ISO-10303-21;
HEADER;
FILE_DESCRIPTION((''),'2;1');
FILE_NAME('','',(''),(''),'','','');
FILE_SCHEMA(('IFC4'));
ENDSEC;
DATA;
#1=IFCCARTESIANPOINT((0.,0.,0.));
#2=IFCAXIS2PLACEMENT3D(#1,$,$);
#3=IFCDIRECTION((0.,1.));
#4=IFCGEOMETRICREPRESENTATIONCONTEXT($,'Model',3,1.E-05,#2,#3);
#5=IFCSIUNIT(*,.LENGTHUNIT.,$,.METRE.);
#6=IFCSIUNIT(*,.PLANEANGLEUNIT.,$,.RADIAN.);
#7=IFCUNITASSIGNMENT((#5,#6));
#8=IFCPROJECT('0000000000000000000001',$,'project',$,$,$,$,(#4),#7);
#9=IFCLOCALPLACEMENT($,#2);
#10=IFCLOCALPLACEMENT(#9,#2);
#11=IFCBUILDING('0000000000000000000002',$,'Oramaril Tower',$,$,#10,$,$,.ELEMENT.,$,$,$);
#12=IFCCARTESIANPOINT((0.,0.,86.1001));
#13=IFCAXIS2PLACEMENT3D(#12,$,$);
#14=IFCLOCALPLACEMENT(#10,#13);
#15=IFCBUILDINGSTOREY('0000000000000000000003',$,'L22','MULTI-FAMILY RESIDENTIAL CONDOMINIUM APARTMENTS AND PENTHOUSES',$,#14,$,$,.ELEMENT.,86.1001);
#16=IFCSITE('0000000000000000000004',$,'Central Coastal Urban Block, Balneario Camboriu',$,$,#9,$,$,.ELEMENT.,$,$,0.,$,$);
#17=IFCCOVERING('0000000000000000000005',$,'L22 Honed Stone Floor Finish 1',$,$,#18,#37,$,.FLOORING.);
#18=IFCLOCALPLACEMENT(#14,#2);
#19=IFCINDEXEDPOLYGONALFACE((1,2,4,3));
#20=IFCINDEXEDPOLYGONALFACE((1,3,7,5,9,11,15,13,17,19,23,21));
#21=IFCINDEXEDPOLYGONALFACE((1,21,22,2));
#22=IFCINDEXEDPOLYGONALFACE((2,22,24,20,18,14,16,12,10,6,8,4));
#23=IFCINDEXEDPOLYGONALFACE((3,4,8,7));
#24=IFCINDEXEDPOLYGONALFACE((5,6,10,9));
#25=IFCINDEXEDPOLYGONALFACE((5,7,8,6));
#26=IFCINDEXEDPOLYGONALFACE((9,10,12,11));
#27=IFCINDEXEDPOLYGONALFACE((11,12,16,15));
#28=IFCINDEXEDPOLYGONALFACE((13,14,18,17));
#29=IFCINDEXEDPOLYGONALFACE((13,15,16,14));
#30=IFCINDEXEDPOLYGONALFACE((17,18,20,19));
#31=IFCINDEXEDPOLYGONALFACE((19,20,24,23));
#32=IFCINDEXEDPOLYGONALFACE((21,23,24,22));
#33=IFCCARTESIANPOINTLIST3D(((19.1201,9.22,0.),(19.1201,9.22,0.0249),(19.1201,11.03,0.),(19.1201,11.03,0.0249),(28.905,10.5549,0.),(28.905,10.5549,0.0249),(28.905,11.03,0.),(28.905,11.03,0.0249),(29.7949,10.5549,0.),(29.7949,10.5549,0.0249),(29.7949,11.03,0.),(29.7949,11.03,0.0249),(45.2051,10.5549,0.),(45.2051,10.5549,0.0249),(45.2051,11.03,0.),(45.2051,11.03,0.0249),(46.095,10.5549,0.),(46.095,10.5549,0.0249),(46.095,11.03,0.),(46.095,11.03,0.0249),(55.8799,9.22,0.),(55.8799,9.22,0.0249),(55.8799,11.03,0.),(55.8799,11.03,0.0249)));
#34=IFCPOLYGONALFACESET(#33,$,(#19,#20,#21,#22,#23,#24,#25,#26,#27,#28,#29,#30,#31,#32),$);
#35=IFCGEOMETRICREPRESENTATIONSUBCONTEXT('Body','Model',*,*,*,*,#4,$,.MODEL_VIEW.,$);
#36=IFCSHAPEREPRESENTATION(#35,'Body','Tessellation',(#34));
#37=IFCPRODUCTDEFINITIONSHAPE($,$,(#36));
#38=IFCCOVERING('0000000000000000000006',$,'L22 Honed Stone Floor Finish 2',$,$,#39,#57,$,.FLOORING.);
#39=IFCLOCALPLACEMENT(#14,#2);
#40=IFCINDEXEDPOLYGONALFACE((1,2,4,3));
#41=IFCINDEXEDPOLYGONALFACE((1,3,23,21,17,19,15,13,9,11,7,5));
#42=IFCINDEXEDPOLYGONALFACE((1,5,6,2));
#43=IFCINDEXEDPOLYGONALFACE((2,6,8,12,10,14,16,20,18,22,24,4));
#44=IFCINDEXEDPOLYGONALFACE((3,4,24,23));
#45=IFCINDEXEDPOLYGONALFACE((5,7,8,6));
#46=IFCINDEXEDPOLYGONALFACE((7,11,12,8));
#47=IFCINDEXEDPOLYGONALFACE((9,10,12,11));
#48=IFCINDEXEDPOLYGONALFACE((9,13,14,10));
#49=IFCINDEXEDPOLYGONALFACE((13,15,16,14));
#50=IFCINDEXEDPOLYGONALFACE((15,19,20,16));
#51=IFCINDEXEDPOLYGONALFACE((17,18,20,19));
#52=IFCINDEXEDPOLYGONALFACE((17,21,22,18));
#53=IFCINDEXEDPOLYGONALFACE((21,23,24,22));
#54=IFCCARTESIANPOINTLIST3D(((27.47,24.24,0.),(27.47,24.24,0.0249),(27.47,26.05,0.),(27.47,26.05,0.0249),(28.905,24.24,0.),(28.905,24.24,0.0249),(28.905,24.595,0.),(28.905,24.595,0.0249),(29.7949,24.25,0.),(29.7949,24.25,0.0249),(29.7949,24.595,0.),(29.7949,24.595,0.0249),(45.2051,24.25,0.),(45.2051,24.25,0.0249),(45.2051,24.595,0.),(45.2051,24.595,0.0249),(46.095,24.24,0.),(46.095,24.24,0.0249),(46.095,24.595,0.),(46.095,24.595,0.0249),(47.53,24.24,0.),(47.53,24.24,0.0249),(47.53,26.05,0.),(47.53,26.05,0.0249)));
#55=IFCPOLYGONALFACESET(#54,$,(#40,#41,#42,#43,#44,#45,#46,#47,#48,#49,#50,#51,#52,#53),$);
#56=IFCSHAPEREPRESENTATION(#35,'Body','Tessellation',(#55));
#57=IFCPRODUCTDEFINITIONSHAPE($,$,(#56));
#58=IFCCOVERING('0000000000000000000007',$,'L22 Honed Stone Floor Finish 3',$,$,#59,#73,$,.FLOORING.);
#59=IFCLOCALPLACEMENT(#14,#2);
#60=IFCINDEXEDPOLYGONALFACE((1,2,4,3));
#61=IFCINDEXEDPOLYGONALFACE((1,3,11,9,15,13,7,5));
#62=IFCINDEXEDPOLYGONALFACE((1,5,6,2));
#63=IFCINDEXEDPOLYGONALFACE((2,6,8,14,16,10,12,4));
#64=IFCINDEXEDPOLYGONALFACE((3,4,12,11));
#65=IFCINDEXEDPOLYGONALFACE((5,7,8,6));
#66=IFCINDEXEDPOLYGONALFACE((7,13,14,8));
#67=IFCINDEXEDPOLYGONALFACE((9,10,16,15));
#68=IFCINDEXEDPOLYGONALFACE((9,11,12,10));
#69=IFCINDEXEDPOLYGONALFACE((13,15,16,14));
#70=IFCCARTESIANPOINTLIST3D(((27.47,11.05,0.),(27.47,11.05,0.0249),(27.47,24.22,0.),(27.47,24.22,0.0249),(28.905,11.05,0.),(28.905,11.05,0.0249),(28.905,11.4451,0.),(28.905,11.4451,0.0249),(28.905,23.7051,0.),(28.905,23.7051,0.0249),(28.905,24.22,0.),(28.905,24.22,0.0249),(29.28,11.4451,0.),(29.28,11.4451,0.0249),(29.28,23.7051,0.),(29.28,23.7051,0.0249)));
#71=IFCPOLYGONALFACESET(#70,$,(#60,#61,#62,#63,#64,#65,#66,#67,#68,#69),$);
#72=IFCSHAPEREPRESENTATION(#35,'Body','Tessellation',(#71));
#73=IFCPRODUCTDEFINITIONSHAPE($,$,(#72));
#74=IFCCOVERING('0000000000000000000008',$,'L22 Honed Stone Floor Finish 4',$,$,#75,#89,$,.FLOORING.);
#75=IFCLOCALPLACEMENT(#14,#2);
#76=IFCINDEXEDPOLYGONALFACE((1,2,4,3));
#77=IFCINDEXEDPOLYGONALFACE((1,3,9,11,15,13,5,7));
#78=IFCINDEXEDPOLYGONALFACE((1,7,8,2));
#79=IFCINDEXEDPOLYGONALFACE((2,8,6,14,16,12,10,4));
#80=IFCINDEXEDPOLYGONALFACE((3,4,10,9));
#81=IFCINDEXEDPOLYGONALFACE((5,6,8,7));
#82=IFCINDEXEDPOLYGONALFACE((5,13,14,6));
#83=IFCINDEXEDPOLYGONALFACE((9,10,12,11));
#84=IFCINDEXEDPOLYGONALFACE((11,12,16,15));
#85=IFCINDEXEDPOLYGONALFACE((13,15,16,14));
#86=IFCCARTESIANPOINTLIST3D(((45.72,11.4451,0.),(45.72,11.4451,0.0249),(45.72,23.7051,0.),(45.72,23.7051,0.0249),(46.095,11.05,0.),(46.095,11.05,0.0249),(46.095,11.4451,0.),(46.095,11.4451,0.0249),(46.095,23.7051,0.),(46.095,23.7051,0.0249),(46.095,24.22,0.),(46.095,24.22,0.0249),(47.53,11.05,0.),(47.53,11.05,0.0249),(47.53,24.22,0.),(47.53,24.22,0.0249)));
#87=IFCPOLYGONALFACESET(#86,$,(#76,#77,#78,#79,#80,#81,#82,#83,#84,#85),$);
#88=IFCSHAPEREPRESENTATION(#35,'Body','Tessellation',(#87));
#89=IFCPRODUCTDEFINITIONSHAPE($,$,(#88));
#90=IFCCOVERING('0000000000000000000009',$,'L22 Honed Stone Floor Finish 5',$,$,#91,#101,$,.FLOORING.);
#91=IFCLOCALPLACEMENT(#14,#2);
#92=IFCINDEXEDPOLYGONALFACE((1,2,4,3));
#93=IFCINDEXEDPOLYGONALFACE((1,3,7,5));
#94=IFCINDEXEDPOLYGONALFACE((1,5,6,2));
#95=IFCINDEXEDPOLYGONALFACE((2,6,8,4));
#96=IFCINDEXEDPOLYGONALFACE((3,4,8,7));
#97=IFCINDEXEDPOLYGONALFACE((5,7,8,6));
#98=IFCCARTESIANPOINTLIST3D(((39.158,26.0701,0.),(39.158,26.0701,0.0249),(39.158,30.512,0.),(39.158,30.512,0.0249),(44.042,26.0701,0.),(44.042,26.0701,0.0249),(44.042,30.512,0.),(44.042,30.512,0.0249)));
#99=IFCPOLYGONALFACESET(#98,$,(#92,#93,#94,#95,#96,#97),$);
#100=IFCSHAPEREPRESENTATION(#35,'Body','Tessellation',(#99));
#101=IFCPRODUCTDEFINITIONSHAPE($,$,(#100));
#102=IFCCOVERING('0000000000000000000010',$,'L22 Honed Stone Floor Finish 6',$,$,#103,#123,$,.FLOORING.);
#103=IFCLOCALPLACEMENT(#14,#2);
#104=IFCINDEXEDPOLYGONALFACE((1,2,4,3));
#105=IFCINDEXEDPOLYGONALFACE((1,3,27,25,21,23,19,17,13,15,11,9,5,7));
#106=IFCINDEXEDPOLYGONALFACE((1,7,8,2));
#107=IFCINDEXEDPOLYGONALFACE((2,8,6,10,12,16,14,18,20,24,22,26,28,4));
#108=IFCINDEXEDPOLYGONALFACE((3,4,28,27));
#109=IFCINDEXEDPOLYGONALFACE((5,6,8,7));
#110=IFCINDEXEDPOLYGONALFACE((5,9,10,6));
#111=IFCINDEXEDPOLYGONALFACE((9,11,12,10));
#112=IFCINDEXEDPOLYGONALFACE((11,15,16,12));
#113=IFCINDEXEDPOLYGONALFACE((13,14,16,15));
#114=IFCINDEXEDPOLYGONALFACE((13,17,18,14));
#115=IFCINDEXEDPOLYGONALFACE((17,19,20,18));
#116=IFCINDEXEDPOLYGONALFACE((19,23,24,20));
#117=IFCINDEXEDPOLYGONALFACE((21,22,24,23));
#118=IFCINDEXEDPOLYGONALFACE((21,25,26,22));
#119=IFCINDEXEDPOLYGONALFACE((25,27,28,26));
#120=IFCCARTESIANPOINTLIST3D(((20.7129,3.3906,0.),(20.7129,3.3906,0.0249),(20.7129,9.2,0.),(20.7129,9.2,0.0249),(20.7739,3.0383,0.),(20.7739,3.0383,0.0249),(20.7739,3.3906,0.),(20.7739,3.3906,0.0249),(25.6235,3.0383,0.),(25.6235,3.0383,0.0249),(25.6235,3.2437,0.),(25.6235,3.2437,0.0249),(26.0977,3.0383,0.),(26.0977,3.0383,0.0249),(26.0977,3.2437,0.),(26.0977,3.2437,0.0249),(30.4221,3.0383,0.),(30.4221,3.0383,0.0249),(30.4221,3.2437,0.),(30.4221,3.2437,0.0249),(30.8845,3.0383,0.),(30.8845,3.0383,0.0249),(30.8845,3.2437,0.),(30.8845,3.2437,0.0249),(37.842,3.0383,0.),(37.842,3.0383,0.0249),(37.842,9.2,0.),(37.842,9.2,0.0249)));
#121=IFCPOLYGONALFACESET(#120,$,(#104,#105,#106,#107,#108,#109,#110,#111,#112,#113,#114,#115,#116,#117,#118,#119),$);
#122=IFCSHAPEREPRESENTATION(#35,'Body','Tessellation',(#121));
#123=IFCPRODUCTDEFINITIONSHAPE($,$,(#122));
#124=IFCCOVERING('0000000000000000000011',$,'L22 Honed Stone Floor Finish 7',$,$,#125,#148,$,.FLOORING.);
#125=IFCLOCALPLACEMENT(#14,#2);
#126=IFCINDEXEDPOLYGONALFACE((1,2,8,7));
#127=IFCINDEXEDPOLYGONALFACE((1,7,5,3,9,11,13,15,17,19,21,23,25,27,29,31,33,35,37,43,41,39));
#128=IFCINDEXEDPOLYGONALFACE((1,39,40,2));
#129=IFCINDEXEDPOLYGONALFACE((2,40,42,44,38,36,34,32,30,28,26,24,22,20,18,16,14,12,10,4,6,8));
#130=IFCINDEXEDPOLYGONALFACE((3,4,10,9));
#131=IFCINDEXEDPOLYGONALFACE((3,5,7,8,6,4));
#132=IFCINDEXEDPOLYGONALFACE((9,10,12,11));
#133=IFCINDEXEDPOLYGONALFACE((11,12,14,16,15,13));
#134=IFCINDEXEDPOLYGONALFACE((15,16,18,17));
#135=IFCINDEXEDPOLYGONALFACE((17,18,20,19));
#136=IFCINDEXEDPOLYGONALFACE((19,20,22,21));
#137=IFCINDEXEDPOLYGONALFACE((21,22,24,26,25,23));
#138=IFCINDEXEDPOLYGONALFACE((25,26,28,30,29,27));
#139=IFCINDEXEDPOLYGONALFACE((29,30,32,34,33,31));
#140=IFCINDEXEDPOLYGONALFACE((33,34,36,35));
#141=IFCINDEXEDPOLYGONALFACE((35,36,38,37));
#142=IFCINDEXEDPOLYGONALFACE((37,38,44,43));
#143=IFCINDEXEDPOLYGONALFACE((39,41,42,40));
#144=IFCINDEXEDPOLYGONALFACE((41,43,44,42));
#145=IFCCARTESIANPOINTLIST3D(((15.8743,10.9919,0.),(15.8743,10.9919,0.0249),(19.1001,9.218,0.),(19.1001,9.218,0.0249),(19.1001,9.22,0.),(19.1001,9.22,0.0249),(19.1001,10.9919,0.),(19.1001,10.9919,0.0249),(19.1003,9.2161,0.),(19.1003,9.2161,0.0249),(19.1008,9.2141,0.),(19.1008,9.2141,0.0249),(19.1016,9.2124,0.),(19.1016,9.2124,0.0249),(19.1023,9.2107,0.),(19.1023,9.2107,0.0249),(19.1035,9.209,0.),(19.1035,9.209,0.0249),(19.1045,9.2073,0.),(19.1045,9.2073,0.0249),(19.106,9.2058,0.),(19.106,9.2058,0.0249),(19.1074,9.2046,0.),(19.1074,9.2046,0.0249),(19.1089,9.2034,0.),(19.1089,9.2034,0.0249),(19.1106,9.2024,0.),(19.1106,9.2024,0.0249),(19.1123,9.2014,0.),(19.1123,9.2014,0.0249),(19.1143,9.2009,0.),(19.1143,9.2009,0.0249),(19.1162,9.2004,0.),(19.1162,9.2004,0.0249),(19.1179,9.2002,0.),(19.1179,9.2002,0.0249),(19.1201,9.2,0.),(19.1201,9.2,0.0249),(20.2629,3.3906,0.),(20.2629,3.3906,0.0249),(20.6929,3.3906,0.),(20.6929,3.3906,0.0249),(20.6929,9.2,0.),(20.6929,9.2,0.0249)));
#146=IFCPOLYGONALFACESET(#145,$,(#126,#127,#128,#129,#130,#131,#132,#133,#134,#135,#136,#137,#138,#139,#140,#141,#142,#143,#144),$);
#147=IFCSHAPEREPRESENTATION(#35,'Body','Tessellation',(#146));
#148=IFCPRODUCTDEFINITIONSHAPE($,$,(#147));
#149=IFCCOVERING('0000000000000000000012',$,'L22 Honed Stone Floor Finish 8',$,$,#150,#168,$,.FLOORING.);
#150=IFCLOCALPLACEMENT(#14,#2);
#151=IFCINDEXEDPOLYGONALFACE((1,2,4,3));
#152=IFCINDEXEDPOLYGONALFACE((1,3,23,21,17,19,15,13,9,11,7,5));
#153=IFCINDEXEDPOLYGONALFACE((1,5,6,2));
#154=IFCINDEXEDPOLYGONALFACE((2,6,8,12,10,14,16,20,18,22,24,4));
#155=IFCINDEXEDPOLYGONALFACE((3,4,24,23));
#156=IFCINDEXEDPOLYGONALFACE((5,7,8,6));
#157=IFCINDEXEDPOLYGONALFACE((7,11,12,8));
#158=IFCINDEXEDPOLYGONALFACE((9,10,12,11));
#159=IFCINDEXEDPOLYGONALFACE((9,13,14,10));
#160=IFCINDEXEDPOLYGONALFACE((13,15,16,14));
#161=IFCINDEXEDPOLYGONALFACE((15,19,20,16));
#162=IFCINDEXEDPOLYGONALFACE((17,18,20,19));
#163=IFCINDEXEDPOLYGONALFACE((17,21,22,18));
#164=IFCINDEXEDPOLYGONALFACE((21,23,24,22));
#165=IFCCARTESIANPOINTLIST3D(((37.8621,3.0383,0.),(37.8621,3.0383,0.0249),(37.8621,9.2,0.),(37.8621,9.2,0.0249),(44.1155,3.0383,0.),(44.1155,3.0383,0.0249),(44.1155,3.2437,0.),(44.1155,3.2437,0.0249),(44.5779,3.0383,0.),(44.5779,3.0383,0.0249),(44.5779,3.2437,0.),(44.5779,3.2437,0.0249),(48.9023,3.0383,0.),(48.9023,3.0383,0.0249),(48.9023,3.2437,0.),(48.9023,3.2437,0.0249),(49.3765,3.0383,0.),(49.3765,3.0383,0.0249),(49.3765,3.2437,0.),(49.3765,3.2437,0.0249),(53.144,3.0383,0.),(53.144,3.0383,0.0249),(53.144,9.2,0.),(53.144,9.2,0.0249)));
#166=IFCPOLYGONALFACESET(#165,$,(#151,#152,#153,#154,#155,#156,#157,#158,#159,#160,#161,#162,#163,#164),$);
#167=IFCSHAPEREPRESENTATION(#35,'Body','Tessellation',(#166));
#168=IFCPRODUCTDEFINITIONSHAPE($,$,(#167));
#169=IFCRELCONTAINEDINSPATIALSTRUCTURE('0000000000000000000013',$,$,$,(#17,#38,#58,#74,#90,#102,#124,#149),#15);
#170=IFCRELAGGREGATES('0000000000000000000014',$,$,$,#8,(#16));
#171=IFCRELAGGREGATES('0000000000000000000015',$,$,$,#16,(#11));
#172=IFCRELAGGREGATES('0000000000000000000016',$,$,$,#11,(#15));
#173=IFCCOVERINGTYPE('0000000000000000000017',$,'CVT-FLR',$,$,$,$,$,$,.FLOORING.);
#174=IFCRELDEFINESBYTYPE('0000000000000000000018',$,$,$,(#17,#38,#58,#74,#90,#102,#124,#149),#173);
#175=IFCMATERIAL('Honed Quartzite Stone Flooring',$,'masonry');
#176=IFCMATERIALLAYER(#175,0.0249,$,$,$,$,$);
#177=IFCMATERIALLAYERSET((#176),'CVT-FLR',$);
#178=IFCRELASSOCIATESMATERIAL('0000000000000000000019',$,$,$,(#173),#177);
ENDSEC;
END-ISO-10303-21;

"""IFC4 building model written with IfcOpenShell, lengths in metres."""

from ifc_helpers import new_model, si_unit, direction, frame, origin, place, context, subcontext, project, spatial, polyline, outline, extrude, material, layer, layer_set, type_object, element, save


model = new_model("IFC4")

# Units and contexts
model_context = context("Model", 3, precision=1e-05, world=origin(), true_north=direction((0.0, 1.0)))
body_context = subcontext(model_context, "Body", "Model", "MODEL_VIEW")
ifc_project = project(units=[si_unit("LENGTHUNIT", "METRE"), si_unit("PLANEANGLEUNIT", "RADIAN")], contexts=[model_context])

# Site, building, storey
site_placement = place(None, origin())
site = spatial("IfcSite", under=ifc_project, at=site_placement, Name="Central Coastal Urban Block, Balneario Camboriu", CompositionType="ELEMENT", RefElevation=0.0)
building_placement = place(site_placement, origin())
building = spatial("IfcBuilding", under=site, at=building_placement, Name="Oramaril Tower", CompositionType="ELEMENT")
storey_placement = place(building_placement, frame((0.0, 0.0, 86.1001)))
storey = spatial("IfcBuildingStorey", under=building, at=storey_placement, Name="L22", Description="MULTI-FAMILY RESIDENTIAL CONDOMINIUM APARTMENTS AND PENTHOUSES", CompositionType="ELEMENT", Elevation=86.1001)

# Coverings
ifc_material_1 = material(Name="Honed Quartzite Stone Flooring", Category="masonry")
ifc_layer_1 = layer(ifc_material_1, 0.0249)
ifc_layer_set_1 = layer_set([ifc_layer_1], Name="CVT-FLR")
covering_type_1 = type_object("IfcCoveringType", Name="CVT-FLR", PredefinedType="FLOORING", material=ifc_layer_set_1)
covering_1_placement = place(storey_placement, origin())
element("IfcCovering", 1, at=covering_1_placement, inside=storey, type_object=covering_type_1, Name="L22 Honed Stone Floor Finish 1", PredefinedType="FLOORING", context=body_context, shape_type="SweptSolid", body=[
    extrude(outline(polyline([(28.905, 10.5549), (29.7949, 10.5549), (29.7949, 11.03), (45.2051, 11.03), (45.2051, 10.5549), (46.095, 10.5549), (46.095, 11.03), (55.8799, 11.03), (55.8799, 9.22), (19.1201, 9.22), (19.1201, 11.03), (28.905, 11.03), (28.905, 10.5549)])), origin(), (0.0, 0.0, 1.0), 0.0249),
])
covering_2_placement = place(storey_placement, origin())
element("IfcCovering", 2, at=covering_2_placement, inside=storey, type_object=covering_type_1, Name="L22 Honed Stone Floor Finish 2", PredefinedType="FLOORING", context=body_context, shape_type="SweptSolid", body=[
    extrude(outline(polyline([(47.53, 24.24), (46.095, 24.24), (46.095, 24.595), (45.2051, 24.595), (45.2051, 24.25), (29.7949, 24.25), (29.7949, 24.595), (28.905, 24.595), (28.905, 24.24), (27.47, 24.24), (27.47, 26.05), (47.53, 26.05), (47.53, 24.24)])), origin(), (0.0, 0.0, 1.0), 0.0249),
])
covering_3_placement = place(storey_placement, origin())
element("IfcCovering", 3, at=covering_3_placement, inside=storey, type_object=covering_type_1, Name="L22 Honed Stone Floor Finish 3", PredefinedType="FLOORING", context=body_context, shape_type="SweptSolid", body=[
    extrude(outline(polyline([(28.905, 23.7051), (29.28, 23.7051), (29.28, 11.4451), (28.905, 11.4451), (28.905, 11.05), (27.47, 11.05), (27.47, 24.22), (28.905, 24.22), (28.905, 23.7051)])), origin(), (0.0, 0.0, 1.0), 0.0249),
])
covering_4_placement = place(storey_placement, origin())
element("IfcCovering", 4, at=covering_4_placement, inside=storey, type_object=covering_type_1, Name="L22 Honed Stone Floor Finish 4", PredefinedType="FLOORING", context=body_context, shape_type="SweptSolid", body=[
    extrude(outline(polyline([(47.53, 11.05), (46.095, 11.05), (46.095, 11.4451), (45.72, 11.4451), (45.72, 23.7051), (46.095, 23.7051), (46.095, 24.22), (47.53, 24.22), (47.53, 11.05)])), origin(), (0.0, 0.0, 1.0), 0.0249),
])
covering_5_placement = place(storey_placement, origin())
element("IfcCovering", 5, at=covering_5_placement, inside=storey, type_object=covering_type_1, Name="L22 Honed Stone Floor Finish 5", PredefinedType="FLOORING", context=body_context, shape_type="SweptSolid", body=[
    extrude(outline(polyline([(44.042, 30.512), (44.042, 26.0701), (39.158, 26.0701), (39.158, 30.512), (44.042, 30.512)])), origin(), (0.0, 0.0, 1.0), 0.0249),
])
covering_6_placement = place(storey_placement, origin())
element("IfcCovering", 6, at=covering_6_placement, inside=storey, type_object=covering_type_1, Name="L22 Honed Stone Floor Finish 6", PredefinedType="FLOORING", context=body_context, shape_type="SweptSolid", body=[
    extrude(outline(polyline([(30.8845, 3.2437), (30.4221, 3.2437), (30.4221, 3.0383), (26.0977, 3.0383), (26.0977, 3.2437), (25.6235, 3.2437), (25.6235, 3.0383), (20.7739, 3.0383), (20.7739, 3.3906), (20.7129, 3.3906), (20.7129, 9.2), (37.842, 9.2), (37.842, 3.0383), (30.8845, 3.0383), (30.8845, 3.2437)])), origin(), (0.0, 0.0, 1.0), 0.0249),
])
covering_7_placement = place(storey_placement, origin())
element("IfcCovering", 7, at=covering_7_placement, inside=storey, type_object=covering_type_1, Name="L22 Honed Stone Floor Finish 7", PredefinedType="FLOORING", context=body_context, shape_type="SweptSolid", body=[
    extrude(outline(polyline([(20.2629, 3.3906), (15.8743, 10.9919), (19.1001, 10.9919), (19.1001, 9.22), (19.1001, 9.218), (19.1003, 9.2161), (19.1008, 9.2141), (19.1016, 9.2124), (19.1023, 9.2107), (19.1035, 9.209), (19.1045, 9.2073), (19.106, 9.2058), (19.1074, 9.2046), (19.1089, 9.2034), (19.1106, 9.2024), (19.1123, 9.2014), (19.1143, 9.2009), (19.1162, 9.2004), (19.1179, 9.2002), (19.1201, 9.2), (20.6929, 9.2), (20.6929, 3.3906), (20.2629, 3.3906)])), origin(), (0.0, 0.0, 1.0), 0.0249),
])
covering_8_placement = place(storey_placement, origin())
element("IfcCovering", 8, at=covering_8_placement, inside=storey, type_object=covering_type_1, Name="L22 Honed Stone Floor Finish 8", PredefinedType="FLOORING", context=body_context, shape_type="SweptSolid", body=[
    extrude(outline(polyline([(49.3765, 3.0383), (49.3765, 3.2437), (48.9023, 3.2437), (48.9023, 3.0383), (44.5779, 3.0383), (44.5779, 3.2437), (44.1155, 3.2437), (44.1155, 3.0383), (37.8621, 3.0383), (37.8621, 9.2), (53.144, 9.2), (53.144, 3.0383), (49.3765, 3.0383)])), origin(), (0.0, 0.0, 1.0), 0.0249),
])

save(model, "model.ifc")
